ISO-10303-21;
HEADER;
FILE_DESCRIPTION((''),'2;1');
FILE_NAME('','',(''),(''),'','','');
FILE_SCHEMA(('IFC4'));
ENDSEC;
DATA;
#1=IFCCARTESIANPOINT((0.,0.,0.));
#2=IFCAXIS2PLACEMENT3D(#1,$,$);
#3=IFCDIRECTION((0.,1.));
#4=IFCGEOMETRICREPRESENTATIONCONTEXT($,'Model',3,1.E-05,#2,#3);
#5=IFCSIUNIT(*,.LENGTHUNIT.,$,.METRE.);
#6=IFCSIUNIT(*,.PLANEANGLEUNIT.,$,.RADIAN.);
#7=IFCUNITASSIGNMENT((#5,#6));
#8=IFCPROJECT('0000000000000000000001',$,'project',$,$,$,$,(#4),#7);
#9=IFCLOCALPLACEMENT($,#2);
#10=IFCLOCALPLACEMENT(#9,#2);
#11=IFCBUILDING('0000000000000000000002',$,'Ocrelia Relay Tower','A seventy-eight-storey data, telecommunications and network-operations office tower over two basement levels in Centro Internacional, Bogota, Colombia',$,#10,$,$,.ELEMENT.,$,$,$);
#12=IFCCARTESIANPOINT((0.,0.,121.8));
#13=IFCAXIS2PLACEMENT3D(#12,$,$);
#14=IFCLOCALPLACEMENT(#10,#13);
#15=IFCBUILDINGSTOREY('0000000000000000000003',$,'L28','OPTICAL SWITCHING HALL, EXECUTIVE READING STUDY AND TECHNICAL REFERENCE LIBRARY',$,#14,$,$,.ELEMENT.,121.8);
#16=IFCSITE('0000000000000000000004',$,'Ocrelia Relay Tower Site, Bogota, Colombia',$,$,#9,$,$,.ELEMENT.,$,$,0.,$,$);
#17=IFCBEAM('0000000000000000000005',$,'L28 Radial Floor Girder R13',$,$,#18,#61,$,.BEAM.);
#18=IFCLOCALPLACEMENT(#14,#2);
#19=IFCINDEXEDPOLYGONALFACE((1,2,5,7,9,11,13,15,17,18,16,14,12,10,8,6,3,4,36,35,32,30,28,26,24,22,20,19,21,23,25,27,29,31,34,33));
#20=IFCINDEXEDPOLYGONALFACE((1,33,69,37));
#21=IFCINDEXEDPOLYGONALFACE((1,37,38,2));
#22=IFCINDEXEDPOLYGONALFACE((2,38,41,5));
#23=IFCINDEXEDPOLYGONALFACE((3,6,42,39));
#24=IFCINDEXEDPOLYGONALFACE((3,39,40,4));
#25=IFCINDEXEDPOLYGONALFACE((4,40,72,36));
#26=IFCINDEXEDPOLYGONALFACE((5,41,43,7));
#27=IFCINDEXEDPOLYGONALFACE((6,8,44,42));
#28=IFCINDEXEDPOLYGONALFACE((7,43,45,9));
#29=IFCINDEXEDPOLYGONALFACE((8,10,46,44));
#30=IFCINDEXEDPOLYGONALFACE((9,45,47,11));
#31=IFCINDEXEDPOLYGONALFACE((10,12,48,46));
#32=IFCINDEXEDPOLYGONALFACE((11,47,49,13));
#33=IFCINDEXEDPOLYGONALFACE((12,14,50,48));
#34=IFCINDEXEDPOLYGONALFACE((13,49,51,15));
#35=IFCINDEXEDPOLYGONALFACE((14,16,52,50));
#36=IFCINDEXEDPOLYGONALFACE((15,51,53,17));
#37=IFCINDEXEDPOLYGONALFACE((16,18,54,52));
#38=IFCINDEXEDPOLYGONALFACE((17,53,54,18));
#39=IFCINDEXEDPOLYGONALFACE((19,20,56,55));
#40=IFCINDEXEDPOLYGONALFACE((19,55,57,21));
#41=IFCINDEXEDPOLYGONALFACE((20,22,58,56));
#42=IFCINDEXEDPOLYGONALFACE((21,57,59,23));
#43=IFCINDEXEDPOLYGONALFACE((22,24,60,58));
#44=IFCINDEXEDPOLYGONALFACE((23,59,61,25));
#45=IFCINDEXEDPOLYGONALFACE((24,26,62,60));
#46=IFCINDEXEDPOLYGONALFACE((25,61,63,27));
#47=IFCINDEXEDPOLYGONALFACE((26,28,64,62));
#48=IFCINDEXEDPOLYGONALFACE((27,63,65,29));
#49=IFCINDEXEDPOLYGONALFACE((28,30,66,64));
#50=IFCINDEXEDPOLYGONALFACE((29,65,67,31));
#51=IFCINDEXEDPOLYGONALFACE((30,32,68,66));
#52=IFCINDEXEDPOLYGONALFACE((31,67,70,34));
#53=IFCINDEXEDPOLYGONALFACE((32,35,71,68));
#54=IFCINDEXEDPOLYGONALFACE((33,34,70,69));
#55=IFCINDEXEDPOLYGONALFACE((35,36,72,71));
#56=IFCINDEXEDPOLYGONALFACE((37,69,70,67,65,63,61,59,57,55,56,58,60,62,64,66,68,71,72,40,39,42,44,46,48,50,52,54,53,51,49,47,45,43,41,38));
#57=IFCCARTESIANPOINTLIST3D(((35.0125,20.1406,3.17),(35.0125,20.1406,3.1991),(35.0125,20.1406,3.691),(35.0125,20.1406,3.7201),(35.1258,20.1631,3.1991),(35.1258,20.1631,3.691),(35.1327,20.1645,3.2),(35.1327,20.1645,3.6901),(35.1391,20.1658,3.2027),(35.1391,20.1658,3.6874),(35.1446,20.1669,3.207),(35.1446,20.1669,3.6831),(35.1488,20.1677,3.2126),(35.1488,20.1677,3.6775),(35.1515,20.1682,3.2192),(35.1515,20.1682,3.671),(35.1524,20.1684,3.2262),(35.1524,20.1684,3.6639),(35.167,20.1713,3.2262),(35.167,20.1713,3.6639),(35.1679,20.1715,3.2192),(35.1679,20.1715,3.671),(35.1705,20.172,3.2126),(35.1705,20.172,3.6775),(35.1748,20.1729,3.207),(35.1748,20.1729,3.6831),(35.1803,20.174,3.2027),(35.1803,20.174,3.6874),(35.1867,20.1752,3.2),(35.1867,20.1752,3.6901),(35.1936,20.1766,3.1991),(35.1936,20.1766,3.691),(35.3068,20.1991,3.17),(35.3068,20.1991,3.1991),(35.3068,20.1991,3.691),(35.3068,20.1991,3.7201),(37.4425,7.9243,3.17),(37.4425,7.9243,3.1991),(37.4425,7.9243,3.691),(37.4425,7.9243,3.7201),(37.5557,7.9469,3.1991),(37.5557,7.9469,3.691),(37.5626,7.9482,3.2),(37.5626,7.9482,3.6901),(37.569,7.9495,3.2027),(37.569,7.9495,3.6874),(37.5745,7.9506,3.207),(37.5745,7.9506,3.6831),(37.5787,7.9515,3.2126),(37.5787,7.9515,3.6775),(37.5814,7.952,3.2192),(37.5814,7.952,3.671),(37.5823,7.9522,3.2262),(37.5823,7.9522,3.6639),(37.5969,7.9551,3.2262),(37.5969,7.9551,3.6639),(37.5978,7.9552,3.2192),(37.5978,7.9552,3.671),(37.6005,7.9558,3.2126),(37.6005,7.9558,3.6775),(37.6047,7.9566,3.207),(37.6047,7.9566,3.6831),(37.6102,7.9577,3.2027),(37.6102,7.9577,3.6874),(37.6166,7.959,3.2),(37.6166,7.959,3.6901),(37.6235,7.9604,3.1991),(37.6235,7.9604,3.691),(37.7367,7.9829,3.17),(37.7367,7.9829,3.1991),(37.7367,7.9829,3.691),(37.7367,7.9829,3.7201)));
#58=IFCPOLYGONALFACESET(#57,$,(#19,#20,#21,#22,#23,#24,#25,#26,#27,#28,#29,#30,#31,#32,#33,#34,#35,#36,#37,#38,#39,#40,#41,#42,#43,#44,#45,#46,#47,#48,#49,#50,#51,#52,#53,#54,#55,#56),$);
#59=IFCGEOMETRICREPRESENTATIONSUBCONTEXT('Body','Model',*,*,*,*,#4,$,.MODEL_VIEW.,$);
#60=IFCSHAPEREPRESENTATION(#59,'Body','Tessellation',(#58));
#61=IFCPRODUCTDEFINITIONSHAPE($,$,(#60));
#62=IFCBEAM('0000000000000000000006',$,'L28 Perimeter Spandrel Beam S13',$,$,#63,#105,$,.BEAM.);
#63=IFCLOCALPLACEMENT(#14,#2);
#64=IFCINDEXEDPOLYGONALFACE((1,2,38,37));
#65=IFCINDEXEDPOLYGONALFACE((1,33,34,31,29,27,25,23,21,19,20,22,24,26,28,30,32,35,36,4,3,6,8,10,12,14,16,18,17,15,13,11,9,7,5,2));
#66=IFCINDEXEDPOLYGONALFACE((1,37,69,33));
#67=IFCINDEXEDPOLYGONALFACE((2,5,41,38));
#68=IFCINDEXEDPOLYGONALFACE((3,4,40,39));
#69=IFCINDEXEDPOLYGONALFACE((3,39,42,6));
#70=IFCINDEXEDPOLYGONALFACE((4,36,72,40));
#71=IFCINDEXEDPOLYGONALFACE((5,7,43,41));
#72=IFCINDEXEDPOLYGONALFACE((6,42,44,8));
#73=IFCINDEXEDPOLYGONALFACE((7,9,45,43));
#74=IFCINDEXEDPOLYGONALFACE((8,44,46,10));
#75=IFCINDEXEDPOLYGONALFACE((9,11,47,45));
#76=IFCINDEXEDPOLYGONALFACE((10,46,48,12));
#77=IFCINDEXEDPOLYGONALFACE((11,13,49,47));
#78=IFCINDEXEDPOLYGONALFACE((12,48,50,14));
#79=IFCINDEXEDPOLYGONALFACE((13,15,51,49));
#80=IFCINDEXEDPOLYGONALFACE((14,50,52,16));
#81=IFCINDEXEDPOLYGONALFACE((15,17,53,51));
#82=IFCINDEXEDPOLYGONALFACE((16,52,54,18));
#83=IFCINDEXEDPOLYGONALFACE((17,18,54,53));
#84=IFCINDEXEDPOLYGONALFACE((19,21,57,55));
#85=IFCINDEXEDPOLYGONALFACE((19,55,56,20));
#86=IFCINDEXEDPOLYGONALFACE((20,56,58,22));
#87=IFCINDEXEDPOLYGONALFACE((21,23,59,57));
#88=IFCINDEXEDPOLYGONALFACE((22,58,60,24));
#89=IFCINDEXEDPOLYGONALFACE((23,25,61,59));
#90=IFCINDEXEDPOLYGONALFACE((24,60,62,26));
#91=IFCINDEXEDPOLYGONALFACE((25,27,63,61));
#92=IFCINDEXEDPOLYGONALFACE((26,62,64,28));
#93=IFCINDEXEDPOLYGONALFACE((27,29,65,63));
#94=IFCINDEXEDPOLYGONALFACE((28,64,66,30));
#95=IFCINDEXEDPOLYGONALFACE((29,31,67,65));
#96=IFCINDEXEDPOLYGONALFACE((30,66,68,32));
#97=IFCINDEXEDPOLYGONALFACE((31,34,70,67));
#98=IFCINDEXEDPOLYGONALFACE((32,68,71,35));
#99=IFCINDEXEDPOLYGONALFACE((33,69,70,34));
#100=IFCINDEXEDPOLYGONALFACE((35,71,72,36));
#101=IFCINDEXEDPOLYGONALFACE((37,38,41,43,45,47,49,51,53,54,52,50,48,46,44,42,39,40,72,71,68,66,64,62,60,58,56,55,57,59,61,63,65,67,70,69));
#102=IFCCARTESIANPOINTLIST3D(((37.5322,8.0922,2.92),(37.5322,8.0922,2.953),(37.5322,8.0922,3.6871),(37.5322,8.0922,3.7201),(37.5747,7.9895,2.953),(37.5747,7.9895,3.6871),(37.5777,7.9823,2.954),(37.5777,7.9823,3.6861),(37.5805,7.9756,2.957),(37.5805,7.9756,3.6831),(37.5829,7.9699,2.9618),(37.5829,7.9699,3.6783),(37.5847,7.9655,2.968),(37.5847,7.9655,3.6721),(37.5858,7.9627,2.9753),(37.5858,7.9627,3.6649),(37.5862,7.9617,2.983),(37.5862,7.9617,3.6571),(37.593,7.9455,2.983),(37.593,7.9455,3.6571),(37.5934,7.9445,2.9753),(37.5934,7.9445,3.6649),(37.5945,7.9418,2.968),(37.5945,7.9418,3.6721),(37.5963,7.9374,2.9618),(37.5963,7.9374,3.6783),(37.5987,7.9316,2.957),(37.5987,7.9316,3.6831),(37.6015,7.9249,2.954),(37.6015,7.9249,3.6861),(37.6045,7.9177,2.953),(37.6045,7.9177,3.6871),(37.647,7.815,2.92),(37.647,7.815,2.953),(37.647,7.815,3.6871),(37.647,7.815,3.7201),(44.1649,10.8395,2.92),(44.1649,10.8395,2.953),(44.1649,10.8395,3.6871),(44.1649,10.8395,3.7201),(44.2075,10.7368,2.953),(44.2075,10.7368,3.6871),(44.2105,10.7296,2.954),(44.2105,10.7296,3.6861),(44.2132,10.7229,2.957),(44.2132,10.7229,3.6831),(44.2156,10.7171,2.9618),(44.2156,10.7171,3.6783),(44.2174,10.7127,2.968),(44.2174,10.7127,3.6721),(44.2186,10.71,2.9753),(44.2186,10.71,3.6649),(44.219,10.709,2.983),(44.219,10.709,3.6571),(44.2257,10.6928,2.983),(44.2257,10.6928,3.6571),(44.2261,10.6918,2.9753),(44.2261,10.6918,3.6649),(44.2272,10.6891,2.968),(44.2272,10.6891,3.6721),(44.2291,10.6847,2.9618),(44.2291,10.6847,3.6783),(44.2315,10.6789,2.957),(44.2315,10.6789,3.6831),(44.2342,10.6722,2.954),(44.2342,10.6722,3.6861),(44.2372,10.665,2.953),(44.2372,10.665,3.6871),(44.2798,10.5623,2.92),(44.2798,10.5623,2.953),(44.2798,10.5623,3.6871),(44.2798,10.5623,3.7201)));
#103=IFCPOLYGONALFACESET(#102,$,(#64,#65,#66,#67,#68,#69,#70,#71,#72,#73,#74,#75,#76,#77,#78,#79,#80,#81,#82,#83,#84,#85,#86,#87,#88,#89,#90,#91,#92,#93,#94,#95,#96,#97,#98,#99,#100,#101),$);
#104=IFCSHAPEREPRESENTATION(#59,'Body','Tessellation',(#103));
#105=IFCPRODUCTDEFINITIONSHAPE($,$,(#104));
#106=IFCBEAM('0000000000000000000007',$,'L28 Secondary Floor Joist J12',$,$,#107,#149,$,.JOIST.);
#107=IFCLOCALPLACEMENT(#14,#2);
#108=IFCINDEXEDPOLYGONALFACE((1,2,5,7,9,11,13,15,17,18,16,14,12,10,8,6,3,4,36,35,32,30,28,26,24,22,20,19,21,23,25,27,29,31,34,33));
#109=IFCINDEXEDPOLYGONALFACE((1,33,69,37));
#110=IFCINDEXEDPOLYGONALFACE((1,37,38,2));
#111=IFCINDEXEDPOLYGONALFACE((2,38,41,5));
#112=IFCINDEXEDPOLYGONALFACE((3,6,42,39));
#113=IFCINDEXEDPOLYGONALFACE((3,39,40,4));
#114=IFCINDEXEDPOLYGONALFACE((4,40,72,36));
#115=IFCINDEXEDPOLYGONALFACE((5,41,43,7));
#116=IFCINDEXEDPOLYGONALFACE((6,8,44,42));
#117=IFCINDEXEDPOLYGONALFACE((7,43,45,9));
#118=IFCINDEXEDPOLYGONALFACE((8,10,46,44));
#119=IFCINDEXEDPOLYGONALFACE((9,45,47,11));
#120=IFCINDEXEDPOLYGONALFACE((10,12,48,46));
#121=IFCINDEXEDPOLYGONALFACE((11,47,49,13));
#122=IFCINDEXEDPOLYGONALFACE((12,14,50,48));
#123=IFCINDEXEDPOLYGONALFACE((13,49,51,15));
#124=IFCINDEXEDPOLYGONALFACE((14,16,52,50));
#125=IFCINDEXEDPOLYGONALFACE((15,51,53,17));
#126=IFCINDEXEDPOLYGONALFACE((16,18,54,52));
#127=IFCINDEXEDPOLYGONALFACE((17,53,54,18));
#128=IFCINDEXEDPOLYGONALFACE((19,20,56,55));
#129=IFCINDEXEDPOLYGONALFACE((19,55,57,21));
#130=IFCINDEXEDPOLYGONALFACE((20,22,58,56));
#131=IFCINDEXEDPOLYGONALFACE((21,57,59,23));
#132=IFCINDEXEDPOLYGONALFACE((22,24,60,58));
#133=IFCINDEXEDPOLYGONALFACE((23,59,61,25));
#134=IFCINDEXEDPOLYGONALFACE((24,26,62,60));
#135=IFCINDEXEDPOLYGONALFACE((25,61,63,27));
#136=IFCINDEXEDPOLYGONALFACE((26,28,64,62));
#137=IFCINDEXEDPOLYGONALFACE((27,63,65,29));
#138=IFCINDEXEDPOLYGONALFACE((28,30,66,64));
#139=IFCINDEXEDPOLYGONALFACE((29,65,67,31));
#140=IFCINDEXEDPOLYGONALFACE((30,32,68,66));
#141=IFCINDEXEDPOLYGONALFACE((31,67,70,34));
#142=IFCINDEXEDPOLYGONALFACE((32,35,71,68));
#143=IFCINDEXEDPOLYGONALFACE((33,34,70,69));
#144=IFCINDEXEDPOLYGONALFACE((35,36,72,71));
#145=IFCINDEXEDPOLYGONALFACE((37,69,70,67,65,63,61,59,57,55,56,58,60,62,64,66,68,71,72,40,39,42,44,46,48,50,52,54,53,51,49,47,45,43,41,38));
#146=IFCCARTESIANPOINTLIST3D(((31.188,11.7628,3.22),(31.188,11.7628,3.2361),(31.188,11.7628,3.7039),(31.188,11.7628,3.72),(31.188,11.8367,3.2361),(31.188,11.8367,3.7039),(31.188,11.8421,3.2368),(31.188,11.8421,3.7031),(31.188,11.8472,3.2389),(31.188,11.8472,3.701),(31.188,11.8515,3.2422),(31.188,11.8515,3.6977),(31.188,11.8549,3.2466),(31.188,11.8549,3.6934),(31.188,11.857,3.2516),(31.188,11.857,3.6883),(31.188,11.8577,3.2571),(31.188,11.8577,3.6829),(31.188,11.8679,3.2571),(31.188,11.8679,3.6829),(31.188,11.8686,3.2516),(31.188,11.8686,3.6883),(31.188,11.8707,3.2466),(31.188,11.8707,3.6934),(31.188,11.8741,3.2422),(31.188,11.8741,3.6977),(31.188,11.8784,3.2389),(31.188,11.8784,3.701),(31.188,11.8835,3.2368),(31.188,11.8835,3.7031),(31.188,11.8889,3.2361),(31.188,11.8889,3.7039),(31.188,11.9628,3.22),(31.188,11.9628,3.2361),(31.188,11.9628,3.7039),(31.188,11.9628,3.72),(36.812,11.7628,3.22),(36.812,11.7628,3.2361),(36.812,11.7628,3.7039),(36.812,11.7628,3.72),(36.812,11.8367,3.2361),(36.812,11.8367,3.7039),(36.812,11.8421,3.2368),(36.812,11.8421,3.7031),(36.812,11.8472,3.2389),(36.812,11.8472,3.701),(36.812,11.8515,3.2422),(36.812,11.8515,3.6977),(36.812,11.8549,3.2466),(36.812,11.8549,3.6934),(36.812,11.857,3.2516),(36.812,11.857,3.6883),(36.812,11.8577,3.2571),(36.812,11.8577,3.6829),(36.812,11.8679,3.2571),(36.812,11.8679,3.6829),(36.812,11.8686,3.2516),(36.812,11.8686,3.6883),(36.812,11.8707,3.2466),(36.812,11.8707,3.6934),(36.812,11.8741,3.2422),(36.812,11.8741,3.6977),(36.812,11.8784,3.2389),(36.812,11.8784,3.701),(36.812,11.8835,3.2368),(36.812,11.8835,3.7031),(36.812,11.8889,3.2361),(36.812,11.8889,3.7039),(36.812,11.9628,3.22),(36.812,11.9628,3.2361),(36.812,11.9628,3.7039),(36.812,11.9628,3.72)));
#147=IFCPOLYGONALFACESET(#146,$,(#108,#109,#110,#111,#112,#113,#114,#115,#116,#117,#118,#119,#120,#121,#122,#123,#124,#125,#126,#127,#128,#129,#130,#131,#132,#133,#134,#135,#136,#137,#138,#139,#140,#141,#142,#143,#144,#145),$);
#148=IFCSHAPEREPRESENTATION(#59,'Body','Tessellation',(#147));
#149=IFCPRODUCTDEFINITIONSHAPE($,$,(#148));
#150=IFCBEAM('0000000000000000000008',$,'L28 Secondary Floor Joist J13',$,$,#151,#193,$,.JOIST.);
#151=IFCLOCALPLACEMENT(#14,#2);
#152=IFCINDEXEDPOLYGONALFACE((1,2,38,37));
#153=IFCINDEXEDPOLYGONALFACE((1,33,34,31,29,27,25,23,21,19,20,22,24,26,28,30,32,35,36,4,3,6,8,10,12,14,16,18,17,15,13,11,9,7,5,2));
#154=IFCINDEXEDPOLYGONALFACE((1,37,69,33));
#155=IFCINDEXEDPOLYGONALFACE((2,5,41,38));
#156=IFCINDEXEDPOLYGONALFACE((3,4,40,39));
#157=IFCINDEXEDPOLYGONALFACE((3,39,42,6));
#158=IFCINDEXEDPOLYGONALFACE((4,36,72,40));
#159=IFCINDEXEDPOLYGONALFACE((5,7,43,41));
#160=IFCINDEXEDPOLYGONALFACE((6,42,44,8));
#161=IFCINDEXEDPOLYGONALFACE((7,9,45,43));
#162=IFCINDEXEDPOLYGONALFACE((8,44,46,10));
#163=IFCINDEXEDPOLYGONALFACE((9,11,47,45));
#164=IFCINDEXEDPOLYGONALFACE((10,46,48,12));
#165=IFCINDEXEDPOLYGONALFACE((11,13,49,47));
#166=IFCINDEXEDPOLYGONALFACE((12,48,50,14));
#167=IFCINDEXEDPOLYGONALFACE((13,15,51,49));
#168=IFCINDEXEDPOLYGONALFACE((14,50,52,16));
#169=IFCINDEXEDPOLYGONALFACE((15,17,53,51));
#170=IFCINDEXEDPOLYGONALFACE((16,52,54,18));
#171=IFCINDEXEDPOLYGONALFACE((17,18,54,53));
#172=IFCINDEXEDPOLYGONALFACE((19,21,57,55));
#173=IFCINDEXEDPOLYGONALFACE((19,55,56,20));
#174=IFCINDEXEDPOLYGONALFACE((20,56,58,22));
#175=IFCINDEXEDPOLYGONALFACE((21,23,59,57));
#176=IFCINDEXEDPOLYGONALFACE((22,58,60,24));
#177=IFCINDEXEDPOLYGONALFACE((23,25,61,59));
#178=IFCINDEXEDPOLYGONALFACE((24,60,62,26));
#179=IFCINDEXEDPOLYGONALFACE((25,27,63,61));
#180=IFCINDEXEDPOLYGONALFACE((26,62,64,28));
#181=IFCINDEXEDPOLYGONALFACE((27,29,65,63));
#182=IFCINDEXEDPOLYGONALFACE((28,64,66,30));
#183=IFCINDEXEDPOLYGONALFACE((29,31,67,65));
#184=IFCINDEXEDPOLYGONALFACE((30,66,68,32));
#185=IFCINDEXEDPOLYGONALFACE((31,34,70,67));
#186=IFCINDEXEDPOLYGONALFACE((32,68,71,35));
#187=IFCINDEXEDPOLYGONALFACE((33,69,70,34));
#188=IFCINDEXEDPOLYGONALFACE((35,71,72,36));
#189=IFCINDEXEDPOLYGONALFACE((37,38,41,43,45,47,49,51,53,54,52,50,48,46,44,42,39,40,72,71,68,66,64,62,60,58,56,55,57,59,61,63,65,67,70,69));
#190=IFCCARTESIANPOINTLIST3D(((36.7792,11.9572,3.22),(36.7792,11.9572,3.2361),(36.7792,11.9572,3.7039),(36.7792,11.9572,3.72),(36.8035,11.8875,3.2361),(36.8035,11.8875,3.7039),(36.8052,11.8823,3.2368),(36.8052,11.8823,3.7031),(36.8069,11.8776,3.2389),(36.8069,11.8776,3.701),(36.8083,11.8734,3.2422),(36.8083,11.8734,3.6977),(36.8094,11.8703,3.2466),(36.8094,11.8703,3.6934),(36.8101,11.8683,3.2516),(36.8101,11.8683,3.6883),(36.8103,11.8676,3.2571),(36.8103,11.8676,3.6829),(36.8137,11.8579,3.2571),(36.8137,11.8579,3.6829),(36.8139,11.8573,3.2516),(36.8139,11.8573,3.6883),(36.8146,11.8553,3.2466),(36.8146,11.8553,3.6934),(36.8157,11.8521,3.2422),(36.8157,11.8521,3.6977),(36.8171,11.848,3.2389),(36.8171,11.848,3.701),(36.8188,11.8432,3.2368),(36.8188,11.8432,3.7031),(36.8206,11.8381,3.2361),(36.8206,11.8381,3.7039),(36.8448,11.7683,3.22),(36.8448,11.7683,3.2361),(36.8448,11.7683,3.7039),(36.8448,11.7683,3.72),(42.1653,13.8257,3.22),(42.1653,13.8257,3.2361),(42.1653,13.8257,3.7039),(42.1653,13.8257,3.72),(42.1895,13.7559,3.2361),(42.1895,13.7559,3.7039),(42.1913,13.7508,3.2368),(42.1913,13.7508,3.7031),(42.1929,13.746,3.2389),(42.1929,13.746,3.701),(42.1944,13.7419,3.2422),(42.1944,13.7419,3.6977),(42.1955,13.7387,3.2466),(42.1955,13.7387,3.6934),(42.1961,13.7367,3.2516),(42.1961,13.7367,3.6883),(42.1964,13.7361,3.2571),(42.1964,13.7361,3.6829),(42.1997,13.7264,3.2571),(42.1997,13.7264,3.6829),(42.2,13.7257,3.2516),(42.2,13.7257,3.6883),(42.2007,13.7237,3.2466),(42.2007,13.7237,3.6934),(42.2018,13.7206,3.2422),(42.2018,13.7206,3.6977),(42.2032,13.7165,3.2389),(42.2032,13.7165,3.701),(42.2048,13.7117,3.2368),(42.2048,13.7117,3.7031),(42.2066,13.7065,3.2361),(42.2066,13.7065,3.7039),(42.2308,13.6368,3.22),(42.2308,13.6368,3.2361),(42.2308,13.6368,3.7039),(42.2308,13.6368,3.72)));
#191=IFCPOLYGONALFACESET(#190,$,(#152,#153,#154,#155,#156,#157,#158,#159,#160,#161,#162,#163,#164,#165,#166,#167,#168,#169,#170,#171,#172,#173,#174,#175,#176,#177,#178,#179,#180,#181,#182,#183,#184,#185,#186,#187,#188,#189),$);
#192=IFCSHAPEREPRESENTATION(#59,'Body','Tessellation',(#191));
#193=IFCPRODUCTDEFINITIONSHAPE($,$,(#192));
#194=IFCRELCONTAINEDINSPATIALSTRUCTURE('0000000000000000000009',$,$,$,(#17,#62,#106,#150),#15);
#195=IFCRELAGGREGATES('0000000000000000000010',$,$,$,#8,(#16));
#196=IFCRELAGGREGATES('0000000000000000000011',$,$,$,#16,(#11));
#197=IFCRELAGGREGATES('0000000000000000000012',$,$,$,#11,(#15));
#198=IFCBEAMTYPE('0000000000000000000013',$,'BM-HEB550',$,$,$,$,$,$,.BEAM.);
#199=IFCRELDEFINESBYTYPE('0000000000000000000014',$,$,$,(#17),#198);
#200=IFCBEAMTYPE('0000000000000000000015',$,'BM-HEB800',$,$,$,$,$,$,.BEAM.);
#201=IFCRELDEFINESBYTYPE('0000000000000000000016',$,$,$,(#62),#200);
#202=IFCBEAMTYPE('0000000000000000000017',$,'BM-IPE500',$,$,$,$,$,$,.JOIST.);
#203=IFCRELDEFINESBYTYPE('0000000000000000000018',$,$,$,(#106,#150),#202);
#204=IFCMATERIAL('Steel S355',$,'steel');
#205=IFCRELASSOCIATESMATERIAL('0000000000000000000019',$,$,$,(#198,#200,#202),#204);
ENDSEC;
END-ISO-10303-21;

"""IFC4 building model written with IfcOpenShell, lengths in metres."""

from ifc_helpers import new_model, si_unit, direction, frame, origin, origin_2d, place, context, subcontext, project, spatial, i_section, extrude, material, material_profile, profile_set, type_object, element, save


model = new_model("IFC4")

# Units and contexts
model_context = context("Model", 3, precision=1e-05, world=origin(), true_north=direction((0.0, 1.0)))
body_context = subcontext(model_context, "Body", "Model", "MODEL_VIEW")
ifc_project = project(units=[si_unit("LENGTHUNIT", "METRE"), si_unit("PLANEANGLEUNIT", "RADIAN")], contexts=[model_context])

# Site, building, storey
site_placement = place(None, origin())
site = spatial("IfcSite", under=ifc_project, at=site_placement, Name="Ocrelia Relay Tower Site, Bogota, Colombia", CompositionType="ELEMENT", RefElevation=0.0)
building_placement = place(site_placement, origin())
building = spatial("IfcBuilding", under=site, at=building_placement, Name="Ocrelia Relay Tower", Description="A seventy-eight-storey data, telecommunications and network-operations office tower over two basement levels in Centro Internacional, Bogota, Colombia", CompositionType="ELEMENT")
storey_placement = place(building_placement, frame((0.0, 0.0, 121.8)))
storey = spatial("IfcBuildingStorey", under=building, at=storey_placement, Name="L28", Description="OPTICAL SWITCHING HALL, EXECUTIVE READING STUDY AND TECHNICAL REFERENCE LIBRARY", CompositionType="ELEMENT", Elevation=121.8)

# Beams
ifc_material_1 = material(Name="Steel S355", Category="steel")
ifc_material_profile_1 = material_profile(ifc_material_1, i_section(OverallWidth=0.3, OverallDepth=0.55, WebThickness=0.0149, FlangeThickness=0.0291, FilletRadius=0.0271, at=origin_2d()), Name="HEB 550")
ifc_profile_set_1 = profile_set([ifc_material_profile_1], Name="Steel S355")
beam_type_1 = type_object("IfcBeamType", Name="BM-HEB550", PredefinedType="BEAM", material=ifc_profile_set_1)
beam_1_placement = place(storey_placement, frame((37.5896, 7.9536, 3.4451), z_axis=(-0.195087, 0.980786, 0.0), x_axis=(-0.980786, -0.195087, 0.0)))
element("IfcBeam", 1, at=beam_1_placement, inside=storey, type_object=beam_type_1, Name="L28 Radial Floor Girder R13", PredefinedType="BEAM", context=body_context, shape_type="SweptSolid", body=[
    extrude(i_section(OverallWidth=0.3, OverallDepth=0.55, WebThickness=0.0149, FlangeThickness=0.0291, FilletRadius=0.0271, at=origin_2d()), origin(), (0.0, 0.0, 1.0), 12.4556),
])
ifc_material_profile_2 = material_profile(ifc_material_1, i_section(OverallWidth=0.3, OverallDepth=0.8, WebThickness=0.0176, FlangeThickness=0.033, FilletRadius=0.03, at=origin_2d()), Name="HEB 800")
ifc_profile_set_2 = profile_set([ifc_material_profile_2], Name="Steel S355")
beam_type_2 = type_object("IfcBeamType", Name="BM-HEB800", PredefinedType="BEAM", material=ifc_profile_set_2)
beam_2_placement = place(storey_placement, frame((37.5896, 7.9536, 3.3201), z_axis=(0.923884, 0.382673, 0.0), x_axis=(-0.382673, 0.923884, 0.0)))
element("IfcBeam", 2, at=beam_2_placement, inside=storey, type_object=beam_type_2, Name="L28 Perimeter Spandrel Beam S13", PredefinedType="BEAM", context=body_context, shape_type="SweptSolid", body=[
    extrude(i_section(OverallWidth=0.3, OverallDepth=0.8, WebThickness=0.0176, FlangeThickness=0.033, FilletRadius=0.03, at=origin_2d()), origin(), (0.0, 0.0, 1.0), 7.1792),
])
ifc_material_profile_3 = material_profile(ifc_material_1, i_section(OverallWidth=0.2, OverallDepth=0.5, WebThickness=0.0103, FlangeThickness=0.0161, FilletRadius=0.021, at=origin_2d()), Name="IPE 500")
ifc_profile_set_3 = profile_set([ifc_material_profile_3], Name="Steel S355")
beam_type_3 = type_object("IfcBeamType", Name="BM-IPE500", PredefinedType="JOIST", material=ifc_profile_set_3)
beam_3_placement = place(storey_placement, frame((31.188, 11.8628, 3.47), z_axis=(1.0, 0.0, 0.0), x_axis=(0.0, 1.0, 0.0)))
element("IfcBeam", 3, at=beam_3_placement, inside=storey, type_object=beam_type_3, Name="L28 Secondary Floor Joist J12", PredefinedType="JOIST", context=body_context, shape_type="SweptSolid", body=[
    extrude(i_section(OverallWidth=0.2, OverallDepth=0.5, WebThickness=0.0103, FlangeThickness=0.0161, FilletRadius=0.021, at=origin_2d()), origin(), (0.0, 0.0, 1.0), 5.624),
])
beam_4_placement = place(storey_placement, frame((36.812, 11.8628, 3.47), z_axis=(0.944767, 0.327741, 0.0), x_axis=(-0.327741, 0.944767, 0.0)))
element("IfcBeam", 4, at=beam_4_placement, inside=storey, type_object=beam_type_3, Name="L28 Secondary Floor Joist J13", PredefinedType="JOIST", context=body_context, shape_type="SweptSolid", body=[
    extrude(i_section(OverallWidth=0.2, OverallDepth=0.5, WebThickness=0.0103, FlangeThickness=0.0161, FilletRadius=0.021, at=origin_2d()), origin(), (0.0, 0.0, 1.0), 5.7009),
])

save(model, "model.ifc")
